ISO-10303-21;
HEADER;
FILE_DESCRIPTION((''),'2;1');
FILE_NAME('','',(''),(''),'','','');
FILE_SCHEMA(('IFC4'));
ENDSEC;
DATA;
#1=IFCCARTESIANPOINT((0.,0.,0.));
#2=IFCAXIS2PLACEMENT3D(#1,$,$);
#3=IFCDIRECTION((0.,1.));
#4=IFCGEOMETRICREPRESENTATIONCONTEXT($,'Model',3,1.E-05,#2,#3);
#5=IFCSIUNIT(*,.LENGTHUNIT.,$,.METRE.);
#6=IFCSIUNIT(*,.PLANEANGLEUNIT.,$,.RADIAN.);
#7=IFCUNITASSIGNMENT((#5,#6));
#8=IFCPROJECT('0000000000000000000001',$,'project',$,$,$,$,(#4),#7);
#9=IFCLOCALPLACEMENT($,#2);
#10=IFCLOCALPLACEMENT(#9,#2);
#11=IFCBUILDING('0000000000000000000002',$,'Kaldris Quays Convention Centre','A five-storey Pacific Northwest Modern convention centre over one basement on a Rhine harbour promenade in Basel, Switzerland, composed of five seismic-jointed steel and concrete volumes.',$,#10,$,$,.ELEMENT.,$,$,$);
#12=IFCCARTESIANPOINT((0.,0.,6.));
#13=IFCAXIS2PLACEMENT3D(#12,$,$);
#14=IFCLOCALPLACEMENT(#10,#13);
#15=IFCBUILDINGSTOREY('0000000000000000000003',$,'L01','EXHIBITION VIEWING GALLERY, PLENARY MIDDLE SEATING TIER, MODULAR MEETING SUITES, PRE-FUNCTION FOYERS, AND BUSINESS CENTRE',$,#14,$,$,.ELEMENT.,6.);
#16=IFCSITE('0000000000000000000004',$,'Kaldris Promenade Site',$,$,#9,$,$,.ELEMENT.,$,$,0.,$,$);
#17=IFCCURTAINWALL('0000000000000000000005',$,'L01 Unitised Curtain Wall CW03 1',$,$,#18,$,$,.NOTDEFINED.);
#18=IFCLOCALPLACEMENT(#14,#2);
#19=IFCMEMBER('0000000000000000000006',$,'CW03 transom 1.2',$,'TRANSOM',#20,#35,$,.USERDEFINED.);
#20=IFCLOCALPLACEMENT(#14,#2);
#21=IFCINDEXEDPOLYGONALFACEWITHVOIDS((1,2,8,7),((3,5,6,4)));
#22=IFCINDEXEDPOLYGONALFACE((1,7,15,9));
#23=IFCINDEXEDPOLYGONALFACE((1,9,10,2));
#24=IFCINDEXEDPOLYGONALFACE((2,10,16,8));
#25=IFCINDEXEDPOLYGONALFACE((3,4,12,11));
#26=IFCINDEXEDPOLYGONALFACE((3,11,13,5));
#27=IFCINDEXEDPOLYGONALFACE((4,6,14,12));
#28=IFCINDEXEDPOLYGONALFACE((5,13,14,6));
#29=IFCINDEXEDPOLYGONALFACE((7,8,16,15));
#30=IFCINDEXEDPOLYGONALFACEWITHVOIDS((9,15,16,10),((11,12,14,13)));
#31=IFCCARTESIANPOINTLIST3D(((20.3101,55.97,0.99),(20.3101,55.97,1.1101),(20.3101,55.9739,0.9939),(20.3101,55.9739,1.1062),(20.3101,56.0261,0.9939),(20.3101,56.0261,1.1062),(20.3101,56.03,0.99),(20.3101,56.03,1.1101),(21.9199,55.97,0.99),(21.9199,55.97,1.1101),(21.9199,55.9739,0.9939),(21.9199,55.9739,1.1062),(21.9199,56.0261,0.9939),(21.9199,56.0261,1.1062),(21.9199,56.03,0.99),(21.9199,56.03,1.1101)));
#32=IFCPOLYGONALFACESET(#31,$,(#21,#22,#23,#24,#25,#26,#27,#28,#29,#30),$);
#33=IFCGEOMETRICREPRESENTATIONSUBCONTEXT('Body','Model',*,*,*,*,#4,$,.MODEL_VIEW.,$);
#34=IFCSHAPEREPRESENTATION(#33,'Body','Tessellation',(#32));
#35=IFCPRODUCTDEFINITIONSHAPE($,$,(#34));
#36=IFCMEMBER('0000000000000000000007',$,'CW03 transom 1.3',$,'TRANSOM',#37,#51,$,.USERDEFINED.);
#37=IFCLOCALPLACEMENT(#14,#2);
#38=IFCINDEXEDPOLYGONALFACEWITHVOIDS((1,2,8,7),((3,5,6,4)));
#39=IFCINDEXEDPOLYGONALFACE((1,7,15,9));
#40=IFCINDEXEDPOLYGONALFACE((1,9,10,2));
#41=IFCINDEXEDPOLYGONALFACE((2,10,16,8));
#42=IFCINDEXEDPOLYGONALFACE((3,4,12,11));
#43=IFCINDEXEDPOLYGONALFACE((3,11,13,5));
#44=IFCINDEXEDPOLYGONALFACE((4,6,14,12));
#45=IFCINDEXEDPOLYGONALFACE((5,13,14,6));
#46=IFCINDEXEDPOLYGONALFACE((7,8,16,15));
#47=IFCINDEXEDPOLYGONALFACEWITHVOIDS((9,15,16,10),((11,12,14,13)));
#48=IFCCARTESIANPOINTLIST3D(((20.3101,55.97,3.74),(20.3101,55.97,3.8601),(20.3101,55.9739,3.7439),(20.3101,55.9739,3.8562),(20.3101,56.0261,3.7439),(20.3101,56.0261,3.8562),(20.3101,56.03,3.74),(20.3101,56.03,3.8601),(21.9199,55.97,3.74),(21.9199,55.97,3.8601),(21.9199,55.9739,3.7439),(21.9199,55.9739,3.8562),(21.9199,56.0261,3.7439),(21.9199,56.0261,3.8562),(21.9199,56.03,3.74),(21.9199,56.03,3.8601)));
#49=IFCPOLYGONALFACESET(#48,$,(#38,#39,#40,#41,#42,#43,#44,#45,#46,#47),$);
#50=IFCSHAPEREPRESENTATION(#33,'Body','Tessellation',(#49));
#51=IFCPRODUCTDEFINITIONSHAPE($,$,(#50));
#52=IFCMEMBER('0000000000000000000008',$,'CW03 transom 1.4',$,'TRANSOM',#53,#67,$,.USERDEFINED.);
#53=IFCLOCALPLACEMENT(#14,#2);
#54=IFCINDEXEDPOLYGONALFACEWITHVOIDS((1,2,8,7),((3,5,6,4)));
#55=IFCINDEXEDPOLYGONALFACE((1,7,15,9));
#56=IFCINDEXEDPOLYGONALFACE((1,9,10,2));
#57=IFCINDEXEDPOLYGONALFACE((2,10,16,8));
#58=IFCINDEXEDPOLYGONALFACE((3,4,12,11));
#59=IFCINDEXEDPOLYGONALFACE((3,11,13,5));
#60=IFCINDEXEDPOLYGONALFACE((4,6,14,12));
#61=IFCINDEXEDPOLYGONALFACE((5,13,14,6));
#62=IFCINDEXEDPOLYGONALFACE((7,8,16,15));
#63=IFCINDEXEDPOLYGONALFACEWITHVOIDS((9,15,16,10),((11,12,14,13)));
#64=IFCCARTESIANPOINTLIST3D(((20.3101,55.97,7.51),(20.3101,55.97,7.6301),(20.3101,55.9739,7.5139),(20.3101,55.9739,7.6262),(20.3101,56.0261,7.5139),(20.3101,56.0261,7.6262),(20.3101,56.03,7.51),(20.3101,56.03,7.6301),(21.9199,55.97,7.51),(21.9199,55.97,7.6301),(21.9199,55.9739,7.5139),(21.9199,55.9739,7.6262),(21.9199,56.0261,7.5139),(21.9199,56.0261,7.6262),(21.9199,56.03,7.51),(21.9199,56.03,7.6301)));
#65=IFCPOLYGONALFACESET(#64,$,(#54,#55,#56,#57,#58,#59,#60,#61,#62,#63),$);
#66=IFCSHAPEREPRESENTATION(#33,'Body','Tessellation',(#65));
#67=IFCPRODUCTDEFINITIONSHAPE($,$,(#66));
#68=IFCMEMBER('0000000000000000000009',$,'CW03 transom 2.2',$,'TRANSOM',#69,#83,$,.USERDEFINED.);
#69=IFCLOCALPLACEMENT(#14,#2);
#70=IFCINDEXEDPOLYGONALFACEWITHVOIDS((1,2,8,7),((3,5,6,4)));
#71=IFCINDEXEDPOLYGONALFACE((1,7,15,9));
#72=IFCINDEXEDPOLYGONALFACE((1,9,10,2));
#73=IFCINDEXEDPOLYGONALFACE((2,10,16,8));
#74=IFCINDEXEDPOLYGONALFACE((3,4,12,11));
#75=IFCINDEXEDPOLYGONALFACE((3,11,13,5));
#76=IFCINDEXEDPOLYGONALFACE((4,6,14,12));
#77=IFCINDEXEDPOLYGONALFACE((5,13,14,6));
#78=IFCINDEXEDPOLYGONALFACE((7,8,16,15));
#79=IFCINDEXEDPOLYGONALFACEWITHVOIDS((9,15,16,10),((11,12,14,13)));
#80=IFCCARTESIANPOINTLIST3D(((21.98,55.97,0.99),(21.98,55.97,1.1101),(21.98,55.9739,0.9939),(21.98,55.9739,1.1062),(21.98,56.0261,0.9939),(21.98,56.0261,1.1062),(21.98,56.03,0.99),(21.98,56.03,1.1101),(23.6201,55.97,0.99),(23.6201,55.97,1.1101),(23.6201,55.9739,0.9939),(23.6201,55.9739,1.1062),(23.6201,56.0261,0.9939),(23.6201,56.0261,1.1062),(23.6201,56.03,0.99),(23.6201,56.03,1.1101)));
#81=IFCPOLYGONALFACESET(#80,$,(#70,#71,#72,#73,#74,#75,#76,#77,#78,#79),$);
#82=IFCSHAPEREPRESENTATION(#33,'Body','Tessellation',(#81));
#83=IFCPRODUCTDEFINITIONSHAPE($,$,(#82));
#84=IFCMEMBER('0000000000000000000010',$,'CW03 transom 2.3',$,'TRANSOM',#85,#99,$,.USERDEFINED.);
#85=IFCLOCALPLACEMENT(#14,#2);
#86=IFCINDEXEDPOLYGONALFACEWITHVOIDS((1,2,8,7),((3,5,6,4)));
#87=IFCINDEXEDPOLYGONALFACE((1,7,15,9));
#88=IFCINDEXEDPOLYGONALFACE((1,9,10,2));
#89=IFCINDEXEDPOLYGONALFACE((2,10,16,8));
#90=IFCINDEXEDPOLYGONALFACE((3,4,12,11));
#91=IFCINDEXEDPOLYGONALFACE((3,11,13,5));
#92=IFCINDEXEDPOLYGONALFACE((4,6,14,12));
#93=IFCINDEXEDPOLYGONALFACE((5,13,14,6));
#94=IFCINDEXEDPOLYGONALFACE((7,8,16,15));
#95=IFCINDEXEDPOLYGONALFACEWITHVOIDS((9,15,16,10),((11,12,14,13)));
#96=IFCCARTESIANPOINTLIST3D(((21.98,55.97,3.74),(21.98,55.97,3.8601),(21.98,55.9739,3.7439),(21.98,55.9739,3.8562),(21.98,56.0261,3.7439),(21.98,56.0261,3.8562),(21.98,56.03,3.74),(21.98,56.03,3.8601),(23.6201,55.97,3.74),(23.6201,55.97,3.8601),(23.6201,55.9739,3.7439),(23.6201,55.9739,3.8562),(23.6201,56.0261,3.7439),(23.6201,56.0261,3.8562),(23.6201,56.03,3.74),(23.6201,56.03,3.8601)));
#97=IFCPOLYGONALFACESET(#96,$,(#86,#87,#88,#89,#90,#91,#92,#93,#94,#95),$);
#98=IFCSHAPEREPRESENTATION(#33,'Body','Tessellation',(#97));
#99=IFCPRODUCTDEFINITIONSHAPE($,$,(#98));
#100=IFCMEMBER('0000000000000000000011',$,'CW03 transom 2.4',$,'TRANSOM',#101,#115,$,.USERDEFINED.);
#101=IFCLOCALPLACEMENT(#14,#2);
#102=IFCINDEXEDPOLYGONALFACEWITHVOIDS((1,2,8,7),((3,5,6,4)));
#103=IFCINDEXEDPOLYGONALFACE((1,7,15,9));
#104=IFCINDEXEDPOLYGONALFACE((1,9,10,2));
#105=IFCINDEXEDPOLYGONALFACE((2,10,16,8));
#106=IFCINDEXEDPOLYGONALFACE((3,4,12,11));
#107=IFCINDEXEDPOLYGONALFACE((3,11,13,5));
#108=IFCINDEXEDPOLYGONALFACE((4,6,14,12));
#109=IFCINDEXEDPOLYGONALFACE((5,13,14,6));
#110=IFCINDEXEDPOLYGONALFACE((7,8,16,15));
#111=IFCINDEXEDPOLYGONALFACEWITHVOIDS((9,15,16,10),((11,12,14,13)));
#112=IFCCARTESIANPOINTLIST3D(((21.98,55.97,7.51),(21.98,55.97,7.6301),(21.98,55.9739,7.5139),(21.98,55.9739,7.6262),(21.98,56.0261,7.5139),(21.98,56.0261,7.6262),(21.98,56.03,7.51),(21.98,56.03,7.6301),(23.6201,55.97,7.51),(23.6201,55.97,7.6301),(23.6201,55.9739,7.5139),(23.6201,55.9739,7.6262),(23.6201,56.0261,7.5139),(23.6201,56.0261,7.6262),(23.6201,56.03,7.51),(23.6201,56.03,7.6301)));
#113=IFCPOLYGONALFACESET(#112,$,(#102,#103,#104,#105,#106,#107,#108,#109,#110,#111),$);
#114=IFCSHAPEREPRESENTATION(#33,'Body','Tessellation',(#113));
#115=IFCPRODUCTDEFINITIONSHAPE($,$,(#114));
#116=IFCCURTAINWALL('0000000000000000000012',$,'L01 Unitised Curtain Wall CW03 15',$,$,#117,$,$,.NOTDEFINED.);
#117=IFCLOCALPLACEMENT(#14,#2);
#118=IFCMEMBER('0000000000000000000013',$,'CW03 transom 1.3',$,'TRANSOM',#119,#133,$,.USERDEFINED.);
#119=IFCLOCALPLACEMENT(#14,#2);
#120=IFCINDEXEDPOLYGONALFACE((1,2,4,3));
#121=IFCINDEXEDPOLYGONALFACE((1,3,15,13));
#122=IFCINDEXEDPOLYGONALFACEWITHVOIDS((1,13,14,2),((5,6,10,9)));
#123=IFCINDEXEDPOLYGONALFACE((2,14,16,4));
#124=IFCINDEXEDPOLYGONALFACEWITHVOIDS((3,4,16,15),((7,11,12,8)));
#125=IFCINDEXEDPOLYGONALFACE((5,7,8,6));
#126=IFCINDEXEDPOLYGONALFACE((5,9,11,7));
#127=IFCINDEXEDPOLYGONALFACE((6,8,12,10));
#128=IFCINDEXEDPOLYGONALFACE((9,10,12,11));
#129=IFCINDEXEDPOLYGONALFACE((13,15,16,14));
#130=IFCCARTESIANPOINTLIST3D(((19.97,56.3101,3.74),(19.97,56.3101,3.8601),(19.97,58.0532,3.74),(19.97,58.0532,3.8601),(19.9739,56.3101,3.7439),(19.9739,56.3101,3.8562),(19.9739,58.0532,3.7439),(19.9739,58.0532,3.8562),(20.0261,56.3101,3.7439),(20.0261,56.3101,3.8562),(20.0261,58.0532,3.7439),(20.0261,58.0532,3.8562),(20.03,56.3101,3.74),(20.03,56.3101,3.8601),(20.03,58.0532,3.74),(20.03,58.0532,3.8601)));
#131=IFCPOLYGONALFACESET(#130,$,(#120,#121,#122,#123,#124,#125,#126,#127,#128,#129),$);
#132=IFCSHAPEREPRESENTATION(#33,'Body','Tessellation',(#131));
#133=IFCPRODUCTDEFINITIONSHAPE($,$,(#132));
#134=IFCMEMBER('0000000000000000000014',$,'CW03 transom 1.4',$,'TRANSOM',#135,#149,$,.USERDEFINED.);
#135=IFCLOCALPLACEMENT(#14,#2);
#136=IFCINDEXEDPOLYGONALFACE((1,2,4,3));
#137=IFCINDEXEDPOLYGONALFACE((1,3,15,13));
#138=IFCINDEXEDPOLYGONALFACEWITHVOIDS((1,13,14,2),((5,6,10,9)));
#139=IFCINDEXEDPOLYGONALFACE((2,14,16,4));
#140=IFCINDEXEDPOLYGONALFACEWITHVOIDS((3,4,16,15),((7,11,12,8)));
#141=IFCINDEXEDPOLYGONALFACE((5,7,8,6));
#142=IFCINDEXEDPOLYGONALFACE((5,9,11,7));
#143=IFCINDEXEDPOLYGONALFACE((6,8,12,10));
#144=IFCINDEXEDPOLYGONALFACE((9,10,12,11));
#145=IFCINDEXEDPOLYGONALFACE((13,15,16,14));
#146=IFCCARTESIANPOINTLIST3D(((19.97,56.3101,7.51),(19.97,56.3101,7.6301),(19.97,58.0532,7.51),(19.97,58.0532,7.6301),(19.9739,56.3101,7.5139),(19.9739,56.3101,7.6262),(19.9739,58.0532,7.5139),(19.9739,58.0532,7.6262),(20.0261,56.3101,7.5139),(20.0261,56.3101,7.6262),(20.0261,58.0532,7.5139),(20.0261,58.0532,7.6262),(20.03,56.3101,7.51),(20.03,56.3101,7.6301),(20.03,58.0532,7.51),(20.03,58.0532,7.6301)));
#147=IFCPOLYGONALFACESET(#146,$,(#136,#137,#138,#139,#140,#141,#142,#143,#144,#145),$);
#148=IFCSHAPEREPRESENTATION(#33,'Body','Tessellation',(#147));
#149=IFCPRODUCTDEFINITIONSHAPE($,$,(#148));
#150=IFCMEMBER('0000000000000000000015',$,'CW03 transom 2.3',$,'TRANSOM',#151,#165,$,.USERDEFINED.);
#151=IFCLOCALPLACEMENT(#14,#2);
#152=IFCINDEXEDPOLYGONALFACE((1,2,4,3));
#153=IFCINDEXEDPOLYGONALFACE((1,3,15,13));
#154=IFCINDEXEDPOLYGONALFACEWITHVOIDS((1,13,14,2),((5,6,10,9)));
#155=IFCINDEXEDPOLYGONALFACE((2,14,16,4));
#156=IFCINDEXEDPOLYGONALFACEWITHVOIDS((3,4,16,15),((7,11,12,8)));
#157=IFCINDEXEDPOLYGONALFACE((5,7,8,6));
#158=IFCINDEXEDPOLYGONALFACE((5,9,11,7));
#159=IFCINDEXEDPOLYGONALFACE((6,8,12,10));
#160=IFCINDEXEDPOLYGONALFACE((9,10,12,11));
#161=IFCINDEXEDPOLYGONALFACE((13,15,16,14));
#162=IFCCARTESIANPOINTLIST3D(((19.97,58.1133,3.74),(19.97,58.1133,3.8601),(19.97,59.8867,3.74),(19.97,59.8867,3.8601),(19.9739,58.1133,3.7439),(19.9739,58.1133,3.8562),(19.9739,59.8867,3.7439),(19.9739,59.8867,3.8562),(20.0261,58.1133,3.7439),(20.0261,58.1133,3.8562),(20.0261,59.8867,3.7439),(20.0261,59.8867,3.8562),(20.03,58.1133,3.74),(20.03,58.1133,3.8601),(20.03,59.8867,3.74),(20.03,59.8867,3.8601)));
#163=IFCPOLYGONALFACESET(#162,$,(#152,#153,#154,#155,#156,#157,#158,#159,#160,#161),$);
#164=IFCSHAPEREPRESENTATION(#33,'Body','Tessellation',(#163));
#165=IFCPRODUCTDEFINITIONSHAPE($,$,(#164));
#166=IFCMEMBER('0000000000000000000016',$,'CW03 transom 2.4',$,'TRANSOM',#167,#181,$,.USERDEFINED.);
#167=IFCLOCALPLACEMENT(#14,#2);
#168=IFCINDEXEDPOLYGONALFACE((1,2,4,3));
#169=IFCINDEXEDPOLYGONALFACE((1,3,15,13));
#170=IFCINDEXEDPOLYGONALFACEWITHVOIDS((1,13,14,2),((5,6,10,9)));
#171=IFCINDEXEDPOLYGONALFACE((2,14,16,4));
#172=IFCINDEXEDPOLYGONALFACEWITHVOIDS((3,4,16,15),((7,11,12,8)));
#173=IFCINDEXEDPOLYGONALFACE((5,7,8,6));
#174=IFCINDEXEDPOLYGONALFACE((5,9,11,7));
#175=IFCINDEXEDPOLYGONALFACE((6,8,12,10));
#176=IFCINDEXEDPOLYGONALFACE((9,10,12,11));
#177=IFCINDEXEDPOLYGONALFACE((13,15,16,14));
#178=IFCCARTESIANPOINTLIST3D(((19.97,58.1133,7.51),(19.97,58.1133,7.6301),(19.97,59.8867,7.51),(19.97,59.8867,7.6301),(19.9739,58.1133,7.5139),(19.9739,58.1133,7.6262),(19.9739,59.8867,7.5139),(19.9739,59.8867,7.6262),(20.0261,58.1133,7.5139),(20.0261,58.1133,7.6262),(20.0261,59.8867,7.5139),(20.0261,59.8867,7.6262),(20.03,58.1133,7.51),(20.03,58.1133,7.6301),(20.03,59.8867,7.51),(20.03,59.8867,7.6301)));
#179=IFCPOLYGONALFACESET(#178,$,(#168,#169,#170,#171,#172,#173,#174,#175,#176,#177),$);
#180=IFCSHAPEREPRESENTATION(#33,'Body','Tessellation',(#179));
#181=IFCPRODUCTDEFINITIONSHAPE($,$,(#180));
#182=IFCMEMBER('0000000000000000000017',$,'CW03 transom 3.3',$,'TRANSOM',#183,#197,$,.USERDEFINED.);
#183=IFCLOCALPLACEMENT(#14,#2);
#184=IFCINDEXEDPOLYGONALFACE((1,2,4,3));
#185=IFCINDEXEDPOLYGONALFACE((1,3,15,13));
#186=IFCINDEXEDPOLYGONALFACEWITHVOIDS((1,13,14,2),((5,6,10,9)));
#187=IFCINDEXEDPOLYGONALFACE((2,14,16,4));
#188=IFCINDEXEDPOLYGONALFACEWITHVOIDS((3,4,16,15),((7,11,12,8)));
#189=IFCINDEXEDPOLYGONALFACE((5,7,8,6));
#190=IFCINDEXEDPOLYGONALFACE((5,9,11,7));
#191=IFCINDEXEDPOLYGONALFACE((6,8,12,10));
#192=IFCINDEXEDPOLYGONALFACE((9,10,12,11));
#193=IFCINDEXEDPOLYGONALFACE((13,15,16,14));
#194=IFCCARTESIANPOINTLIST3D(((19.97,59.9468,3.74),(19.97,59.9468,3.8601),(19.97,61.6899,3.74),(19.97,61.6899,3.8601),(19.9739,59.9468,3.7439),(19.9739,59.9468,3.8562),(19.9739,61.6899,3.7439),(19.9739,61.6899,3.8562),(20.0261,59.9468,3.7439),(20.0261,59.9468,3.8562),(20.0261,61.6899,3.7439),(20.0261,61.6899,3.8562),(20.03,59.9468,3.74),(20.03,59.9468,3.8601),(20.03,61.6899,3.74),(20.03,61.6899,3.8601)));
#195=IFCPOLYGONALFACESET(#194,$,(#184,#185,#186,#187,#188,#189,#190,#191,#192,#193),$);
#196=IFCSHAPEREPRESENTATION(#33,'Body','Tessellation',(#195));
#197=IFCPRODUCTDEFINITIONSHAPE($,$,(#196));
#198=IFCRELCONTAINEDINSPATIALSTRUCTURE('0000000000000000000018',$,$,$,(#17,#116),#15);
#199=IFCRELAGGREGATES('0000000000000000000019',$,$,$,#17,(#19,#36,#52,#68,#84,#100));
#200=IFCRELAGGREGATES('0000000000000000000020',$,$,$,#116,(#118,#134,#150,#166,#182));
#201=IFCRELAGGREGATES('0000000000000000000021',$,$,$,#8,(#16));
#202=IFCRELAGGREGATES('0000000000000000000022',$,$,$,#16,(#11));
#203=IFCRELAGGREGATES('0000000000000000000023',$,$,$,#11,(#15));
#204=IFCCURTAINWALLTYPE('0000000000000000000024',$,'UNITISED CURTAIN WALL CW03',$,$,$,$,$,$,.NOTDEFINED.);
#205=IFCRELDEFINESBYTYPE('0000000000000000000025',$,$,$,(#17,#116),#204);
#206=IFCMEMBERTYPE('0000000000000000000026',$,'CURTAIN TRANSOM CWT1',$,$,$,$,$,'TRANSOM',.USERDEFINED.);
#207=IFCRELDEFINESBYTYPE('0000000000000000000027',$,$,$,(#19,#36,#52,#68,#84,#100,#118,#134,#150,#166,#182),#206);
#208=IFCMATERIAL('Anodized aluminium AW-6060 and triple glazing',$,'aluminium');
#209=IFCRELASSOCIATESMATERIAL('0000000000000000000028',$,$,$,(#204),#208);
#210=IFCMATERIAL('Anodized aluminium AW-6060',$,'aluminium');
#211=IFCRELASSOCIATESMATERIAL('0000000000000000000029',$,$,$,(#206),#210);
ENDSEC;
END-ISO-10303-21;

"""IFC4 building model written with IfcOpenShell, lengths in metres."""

from ifc_helpers import new_model, si_unit, direction, frame, origin, origin_2d, place, context, subcontext, project, spatial, hollow_rectangle, extrude, material, material_profile, profile_set, type_object, element, aggregate, save


model = new_model("IFC4")

# Units and contexts
model_context = context("Model", 3, precision=1e-05, world=origin(), true_north=direction((0.0, 1.0)))
body_context = subcontext(model_context, "Body", "Model", "MODEL_VIEW")
ifc_project = project(units=[si_unit("LENGTHUNIT", "METRE"), si_unit("PLANEANGLEUNIT", "RADIAN")], contexts=[model_context])

# Site, building, storey
site_placement = place(None, origin())
site = spatial("IfcSite", under=ifc_project, at=site_placement, Name="Kaldris Promenade Site", CompositionType="ELEMENT", RefElevation=0.0)
building_placement = place(site_placement, origin())
building = spatial("IfcBuilding", under=site, at=building_placement, Name="Kaldris Quays Convention Centre", Description="A five-storey Pacific Northwest Modern convention centre over one basement on a Rhine harbour promenade in Basel, Switzerland, composed of five seismic-jointed steel and concrete volumes.", CompositionType="ELEMENT")
storey_placement = place(building_placement, frame((0.0, 0.0, 6.0)))
storey = spatial("IfcBuildingStorey", under=building, at=storey_placement, Name="L01", Description="EXHIBITION VIEWING GALLERY, PLENARY MIDDLE SEATING TIER, MODULAR MEETING SUITES, PRE-FUNCTION FOYERS, AND BUSINESS CENTRE", CompositionType="ELEMENT", Elevation=6.0)

# Curtain walls, members
ifc_material_1 = material(Name="Anodized aluminium AW-6060 and triple glazing", Category="aluminium")
curtain_wall_type = type_object("IfcCurtainWallType", Name="UNITISED CURTAIN WALL CW03", PredefinedType="NOTDEFINED", material=ifc_material_1)
curtain_wall_1_placement = place(storey_placement, origin())
curtain_wall_1 = element("IfcCurtainWall", 1, at=curtain_wall_1_placement, inside=storey, type_object=curtain_wall_type, Name="L01 Unitised Curtain Wall CW03 1", PredefinedType="NOTDEFINED")
ifc_material_2 = material(Name="Anodized aluminium AW-6060", Category="aluminium")
ifc_material_profile = material_profile(ifc_material_2, hollow_rectangle(XDim=0.0601, YDim=0.1201, WallThickness=0.0039, at=origin_2d()), Name="RHS 120x60x4")
ifc_profile_set = profile_set([ifc_material_profile], Name="Anodized aluminium AW-6060")
member_type = type_object("IfcMemberType", Name="CURTAIN TRANSOM CWT1", ElementType="TRANSOM", PredefinedType="USERDEFINED", material=ifc_profile_set)
member_1_placement = place(storey_placement, frame((20.3101, 56.0, 1.05), z_axis=(1.0, 0.0, 0.0), x_axis=(0.0, 1.0, 0.0)))
member_1 = element("IfcMember", 2, at=member_1_placement, type_object=member_type, Name="CW03 transom 1.2", ObjectType="TRANSOM", PredefinedType="USERDEFINED", context=body_context, shape_type="SweptSolid", body=[
    extrude(hollow_rectangle(XDim=0.0601, YDim=0.1201, WallThickness=0.0039, at=origin_2d()), origin(), (0.0, 0.0, 1.0), 1.6099),
])
member_2_placement = place(storey_placement, frame((20.3101, 56.0, 3.8), z_axis=(1.0, 0.0, 0.0), x_axis=(0.0, 1.0, 0.0)))
member_2 = element("IfcMember", 3, at=member_2_placement, type_object=member_type, Name="CW03 transom 1.3", ObjectType="TRANSOM", PredefinedType="USERDEFINED", context=body_context, shape_type="SweptSolid", body=[
    extrude(hollow_rectangle(XDim=0.0601, YDim=0.1201, WallThickness=0.0039, at=origin_2d()), origin(), (0.0, 0.0, 1.0), 1.6099),
])
member_3_placement = place(storey_placement, frame((20.3101, 56.0, 7.5701), z_axis=(1.0, 0.0, 0.0), x_axis=(0.0, 1.0, 0.0)))
member_3 = element("IfcMember", 4, at=member_3_placement, type_object=member_type, Name="CW03 transom 1.4", ObjectType="TRANSOM", PredefinedType="USERDEFINED", context=body_context, shape_type="SweptSolid", body=[
    extrude(hollow_rectangle(XDim=0.0601, YDim=0.1201, WallThickness=0.0039, at=origin_2d()), origin(), (0.0, 0.0, 1.0), 1.6099),
])
member_4_placement = place(storey_placement, frame((21.98, 56.0, 1.05), z_axis=(1.0, 0.0, 0.0), x_axis=(0.0, 1.0, 0.0)))
member_4 = element("IfcMember", 5, at=member_4_placement, type_object=member_type, Name="CW03 transom 2.2", ObjectType="TRANSOM", PredefinedType="USERDEFINED", context=body_context, shape_type="SweptSolid", body=[
    extrude(hollow_rectangle(XDim=0.0601, YDim=0.1201, WallThickness=0.0039, at=origin_2d()), origin(), (0.0, 0.0, 1.0), 1.6401),
])
member_5_placement = place(storey_placement, frame((21.98, 56.0, 3.8), z_axis=(1.0, 0.0, 0.0), x_axis=(0.0, 1.0, 0.0)))
member_5 = element("IfcMember", 6, at=member_5_placement, type_object=member_type, Name="CW03 transom 2.3", ObjectType="TRANSOM", PredefinedType="USERDEFINED", context=body_context, shape_type="SweptSolid", body=[
    extrude(hollow_rectangle(XDim=0.0601, YDim=0.1201, WallThickness=0.0039, at=origin_2d()), origin(), (0.0, 0.0, 1.0), 1.6401),
])
member_6_placement = place(storey_placement, frame((21.98, 56.0, 7.5701), z_axis=(1.0, 0.0, 0.0), x_axis=(0.0, 1.0, 0.0)))
member_6 = element("IfcMember", 7, at=member_6_placement, type_object=member_type, Name="CW03 transom 2.4", ObjectType="TRANSOM", PredefinedType="USERDEFINED", context=body_context, shape_type="SweptSolid", body=[
    extrude(hollow_rectangle(XDim=0.0601, YDim=0.1201, WallThickness=0.0039, at=origin_2d()), origin(), (0.0, 0.0, 1.0), 1.6401),
])
curtain_wall_2_placement = place(storey_placement, origin())
curtain_wall_2 = element("IfcCurtainWall", 8, at=curtain_wall_2_placement, inside=storey, type_object=curtain_wall_type, Name="L01 Unitised Curtain Wall CW03 15", PredefinedType="NOTDEFINED")
member_7_placement = place(storey_placement, frame((20.0, 56.3101, 3.8), z_axis=(0.0, 1.0, 0.0), x_axis=(-1.0, 0.0, 0.0)))
member_7 = element("IfcMember", 9, at=member_7_placement, type_object=member_type, Name="CW03 transom 1.3", ObjectType="TRANSOM", PredefinedType="USERDEFINED", context=body_context, shape_type="SweptSolid", body=[
    extrude(hollow_rectangle(XDim=0.0601, YDim=0.1201, WallThickness=0.0039, at=origin_2d()), origin(), (0.0, 0.0, 1.0), 1.7432),
])
member_8_placement = place(storey_placement, frame((20.0, 56.3101, 7.5701), z_axis=(0.0, 1.0, 0.0), x_axis=(-1.0, 0.0, 0.0)))
member_8 = element("IfcMember", 10, at=member_8_placement, type_object=member_type, Name="CW03 transom 1.4", ObjectType="TRANSOM", PredefinedType="USERDEFINED", context=body_context, shape_type="SweptSolid", body=[
    extrude(hollow_rectangle(XDim=0.0601, YDim=0.1201, WallThickness=0.0039, at=origin_2d()), origin(), (0.0, 0.0, 1.0), 1.7432),
])
member_9_placement = place(storey_placement, frame((20.0, 58.1133, 3.8), z_axis=(0.0, 1.0, 0.0), x_axis=(-1.0, 0.0, 0.0)))
member_9 = element("IfcMember", 11, at=member_9_placement, type_object=member_type, Name="CW03 transom 2.3", ObjectType="TRANSOM", PredefinedType="USERDEFINED", context=body_context, shape_type="SweptSolid", body=[
    extrude(hollow_rectangle(XDim=0.0601, YDim=0.1201, WallThickness=0.0039, at=origin_2d()), origin(), (0.0, 0.0, 1.0), 1.7734),
])
member_10_placement = place(storey_placement, frame((20.0, 58.1133, 7.5701), z_axis=(0.0, 1.0, 0.0), x_axis=(-1.0, 0.0, 0.0)))
member_10 = element("IfcMember", 12, at=member_10_placement, type_object=member_type, Name="CW03 transom 2.4", ObjectType="TRANSOM", PredefinedType="USERDEFINED", context=body_context, shape_type="SweptSolid", body=[
    extrude(hollow_rectangle(XDim=0.0601, YDim=0.1201, WallThickness=0.0039, at=origin_2d()), origin(), (0.0, 0.0, 1.0), 1.7734),
])
member_11_placement = place(storey_placement, frame((20.0, 59.9468, 3.8), z_axis=(0.0, 1.0, 0.0), x_axis=(-1.0, 0.0, 0.0)))
member_11 = element("IfcMember", 13, at=member_11_placement, type_object=member_type, Name="CW03 transom 3.3", ObjectType="TRANSOM", PredefinedType="USERDEFINED", context=body_context, shape_type="SweptSolid", body=[
    extrude(hollow_rectangle(XDim=0.0601, YDim=0.1201, WallThickness=0.0039, at=origin_2d()), origin(), (0.0, 0.0, 1.0), 1.7432),
])

aggregate(curtain_wall_1, [member_1, member_2, member_3, member_4, member_5, member_6])
aggregate(curtain_wall_2, [member_7, member_8, member_9, member_10, member_11])

save(model, "model.ifc")
